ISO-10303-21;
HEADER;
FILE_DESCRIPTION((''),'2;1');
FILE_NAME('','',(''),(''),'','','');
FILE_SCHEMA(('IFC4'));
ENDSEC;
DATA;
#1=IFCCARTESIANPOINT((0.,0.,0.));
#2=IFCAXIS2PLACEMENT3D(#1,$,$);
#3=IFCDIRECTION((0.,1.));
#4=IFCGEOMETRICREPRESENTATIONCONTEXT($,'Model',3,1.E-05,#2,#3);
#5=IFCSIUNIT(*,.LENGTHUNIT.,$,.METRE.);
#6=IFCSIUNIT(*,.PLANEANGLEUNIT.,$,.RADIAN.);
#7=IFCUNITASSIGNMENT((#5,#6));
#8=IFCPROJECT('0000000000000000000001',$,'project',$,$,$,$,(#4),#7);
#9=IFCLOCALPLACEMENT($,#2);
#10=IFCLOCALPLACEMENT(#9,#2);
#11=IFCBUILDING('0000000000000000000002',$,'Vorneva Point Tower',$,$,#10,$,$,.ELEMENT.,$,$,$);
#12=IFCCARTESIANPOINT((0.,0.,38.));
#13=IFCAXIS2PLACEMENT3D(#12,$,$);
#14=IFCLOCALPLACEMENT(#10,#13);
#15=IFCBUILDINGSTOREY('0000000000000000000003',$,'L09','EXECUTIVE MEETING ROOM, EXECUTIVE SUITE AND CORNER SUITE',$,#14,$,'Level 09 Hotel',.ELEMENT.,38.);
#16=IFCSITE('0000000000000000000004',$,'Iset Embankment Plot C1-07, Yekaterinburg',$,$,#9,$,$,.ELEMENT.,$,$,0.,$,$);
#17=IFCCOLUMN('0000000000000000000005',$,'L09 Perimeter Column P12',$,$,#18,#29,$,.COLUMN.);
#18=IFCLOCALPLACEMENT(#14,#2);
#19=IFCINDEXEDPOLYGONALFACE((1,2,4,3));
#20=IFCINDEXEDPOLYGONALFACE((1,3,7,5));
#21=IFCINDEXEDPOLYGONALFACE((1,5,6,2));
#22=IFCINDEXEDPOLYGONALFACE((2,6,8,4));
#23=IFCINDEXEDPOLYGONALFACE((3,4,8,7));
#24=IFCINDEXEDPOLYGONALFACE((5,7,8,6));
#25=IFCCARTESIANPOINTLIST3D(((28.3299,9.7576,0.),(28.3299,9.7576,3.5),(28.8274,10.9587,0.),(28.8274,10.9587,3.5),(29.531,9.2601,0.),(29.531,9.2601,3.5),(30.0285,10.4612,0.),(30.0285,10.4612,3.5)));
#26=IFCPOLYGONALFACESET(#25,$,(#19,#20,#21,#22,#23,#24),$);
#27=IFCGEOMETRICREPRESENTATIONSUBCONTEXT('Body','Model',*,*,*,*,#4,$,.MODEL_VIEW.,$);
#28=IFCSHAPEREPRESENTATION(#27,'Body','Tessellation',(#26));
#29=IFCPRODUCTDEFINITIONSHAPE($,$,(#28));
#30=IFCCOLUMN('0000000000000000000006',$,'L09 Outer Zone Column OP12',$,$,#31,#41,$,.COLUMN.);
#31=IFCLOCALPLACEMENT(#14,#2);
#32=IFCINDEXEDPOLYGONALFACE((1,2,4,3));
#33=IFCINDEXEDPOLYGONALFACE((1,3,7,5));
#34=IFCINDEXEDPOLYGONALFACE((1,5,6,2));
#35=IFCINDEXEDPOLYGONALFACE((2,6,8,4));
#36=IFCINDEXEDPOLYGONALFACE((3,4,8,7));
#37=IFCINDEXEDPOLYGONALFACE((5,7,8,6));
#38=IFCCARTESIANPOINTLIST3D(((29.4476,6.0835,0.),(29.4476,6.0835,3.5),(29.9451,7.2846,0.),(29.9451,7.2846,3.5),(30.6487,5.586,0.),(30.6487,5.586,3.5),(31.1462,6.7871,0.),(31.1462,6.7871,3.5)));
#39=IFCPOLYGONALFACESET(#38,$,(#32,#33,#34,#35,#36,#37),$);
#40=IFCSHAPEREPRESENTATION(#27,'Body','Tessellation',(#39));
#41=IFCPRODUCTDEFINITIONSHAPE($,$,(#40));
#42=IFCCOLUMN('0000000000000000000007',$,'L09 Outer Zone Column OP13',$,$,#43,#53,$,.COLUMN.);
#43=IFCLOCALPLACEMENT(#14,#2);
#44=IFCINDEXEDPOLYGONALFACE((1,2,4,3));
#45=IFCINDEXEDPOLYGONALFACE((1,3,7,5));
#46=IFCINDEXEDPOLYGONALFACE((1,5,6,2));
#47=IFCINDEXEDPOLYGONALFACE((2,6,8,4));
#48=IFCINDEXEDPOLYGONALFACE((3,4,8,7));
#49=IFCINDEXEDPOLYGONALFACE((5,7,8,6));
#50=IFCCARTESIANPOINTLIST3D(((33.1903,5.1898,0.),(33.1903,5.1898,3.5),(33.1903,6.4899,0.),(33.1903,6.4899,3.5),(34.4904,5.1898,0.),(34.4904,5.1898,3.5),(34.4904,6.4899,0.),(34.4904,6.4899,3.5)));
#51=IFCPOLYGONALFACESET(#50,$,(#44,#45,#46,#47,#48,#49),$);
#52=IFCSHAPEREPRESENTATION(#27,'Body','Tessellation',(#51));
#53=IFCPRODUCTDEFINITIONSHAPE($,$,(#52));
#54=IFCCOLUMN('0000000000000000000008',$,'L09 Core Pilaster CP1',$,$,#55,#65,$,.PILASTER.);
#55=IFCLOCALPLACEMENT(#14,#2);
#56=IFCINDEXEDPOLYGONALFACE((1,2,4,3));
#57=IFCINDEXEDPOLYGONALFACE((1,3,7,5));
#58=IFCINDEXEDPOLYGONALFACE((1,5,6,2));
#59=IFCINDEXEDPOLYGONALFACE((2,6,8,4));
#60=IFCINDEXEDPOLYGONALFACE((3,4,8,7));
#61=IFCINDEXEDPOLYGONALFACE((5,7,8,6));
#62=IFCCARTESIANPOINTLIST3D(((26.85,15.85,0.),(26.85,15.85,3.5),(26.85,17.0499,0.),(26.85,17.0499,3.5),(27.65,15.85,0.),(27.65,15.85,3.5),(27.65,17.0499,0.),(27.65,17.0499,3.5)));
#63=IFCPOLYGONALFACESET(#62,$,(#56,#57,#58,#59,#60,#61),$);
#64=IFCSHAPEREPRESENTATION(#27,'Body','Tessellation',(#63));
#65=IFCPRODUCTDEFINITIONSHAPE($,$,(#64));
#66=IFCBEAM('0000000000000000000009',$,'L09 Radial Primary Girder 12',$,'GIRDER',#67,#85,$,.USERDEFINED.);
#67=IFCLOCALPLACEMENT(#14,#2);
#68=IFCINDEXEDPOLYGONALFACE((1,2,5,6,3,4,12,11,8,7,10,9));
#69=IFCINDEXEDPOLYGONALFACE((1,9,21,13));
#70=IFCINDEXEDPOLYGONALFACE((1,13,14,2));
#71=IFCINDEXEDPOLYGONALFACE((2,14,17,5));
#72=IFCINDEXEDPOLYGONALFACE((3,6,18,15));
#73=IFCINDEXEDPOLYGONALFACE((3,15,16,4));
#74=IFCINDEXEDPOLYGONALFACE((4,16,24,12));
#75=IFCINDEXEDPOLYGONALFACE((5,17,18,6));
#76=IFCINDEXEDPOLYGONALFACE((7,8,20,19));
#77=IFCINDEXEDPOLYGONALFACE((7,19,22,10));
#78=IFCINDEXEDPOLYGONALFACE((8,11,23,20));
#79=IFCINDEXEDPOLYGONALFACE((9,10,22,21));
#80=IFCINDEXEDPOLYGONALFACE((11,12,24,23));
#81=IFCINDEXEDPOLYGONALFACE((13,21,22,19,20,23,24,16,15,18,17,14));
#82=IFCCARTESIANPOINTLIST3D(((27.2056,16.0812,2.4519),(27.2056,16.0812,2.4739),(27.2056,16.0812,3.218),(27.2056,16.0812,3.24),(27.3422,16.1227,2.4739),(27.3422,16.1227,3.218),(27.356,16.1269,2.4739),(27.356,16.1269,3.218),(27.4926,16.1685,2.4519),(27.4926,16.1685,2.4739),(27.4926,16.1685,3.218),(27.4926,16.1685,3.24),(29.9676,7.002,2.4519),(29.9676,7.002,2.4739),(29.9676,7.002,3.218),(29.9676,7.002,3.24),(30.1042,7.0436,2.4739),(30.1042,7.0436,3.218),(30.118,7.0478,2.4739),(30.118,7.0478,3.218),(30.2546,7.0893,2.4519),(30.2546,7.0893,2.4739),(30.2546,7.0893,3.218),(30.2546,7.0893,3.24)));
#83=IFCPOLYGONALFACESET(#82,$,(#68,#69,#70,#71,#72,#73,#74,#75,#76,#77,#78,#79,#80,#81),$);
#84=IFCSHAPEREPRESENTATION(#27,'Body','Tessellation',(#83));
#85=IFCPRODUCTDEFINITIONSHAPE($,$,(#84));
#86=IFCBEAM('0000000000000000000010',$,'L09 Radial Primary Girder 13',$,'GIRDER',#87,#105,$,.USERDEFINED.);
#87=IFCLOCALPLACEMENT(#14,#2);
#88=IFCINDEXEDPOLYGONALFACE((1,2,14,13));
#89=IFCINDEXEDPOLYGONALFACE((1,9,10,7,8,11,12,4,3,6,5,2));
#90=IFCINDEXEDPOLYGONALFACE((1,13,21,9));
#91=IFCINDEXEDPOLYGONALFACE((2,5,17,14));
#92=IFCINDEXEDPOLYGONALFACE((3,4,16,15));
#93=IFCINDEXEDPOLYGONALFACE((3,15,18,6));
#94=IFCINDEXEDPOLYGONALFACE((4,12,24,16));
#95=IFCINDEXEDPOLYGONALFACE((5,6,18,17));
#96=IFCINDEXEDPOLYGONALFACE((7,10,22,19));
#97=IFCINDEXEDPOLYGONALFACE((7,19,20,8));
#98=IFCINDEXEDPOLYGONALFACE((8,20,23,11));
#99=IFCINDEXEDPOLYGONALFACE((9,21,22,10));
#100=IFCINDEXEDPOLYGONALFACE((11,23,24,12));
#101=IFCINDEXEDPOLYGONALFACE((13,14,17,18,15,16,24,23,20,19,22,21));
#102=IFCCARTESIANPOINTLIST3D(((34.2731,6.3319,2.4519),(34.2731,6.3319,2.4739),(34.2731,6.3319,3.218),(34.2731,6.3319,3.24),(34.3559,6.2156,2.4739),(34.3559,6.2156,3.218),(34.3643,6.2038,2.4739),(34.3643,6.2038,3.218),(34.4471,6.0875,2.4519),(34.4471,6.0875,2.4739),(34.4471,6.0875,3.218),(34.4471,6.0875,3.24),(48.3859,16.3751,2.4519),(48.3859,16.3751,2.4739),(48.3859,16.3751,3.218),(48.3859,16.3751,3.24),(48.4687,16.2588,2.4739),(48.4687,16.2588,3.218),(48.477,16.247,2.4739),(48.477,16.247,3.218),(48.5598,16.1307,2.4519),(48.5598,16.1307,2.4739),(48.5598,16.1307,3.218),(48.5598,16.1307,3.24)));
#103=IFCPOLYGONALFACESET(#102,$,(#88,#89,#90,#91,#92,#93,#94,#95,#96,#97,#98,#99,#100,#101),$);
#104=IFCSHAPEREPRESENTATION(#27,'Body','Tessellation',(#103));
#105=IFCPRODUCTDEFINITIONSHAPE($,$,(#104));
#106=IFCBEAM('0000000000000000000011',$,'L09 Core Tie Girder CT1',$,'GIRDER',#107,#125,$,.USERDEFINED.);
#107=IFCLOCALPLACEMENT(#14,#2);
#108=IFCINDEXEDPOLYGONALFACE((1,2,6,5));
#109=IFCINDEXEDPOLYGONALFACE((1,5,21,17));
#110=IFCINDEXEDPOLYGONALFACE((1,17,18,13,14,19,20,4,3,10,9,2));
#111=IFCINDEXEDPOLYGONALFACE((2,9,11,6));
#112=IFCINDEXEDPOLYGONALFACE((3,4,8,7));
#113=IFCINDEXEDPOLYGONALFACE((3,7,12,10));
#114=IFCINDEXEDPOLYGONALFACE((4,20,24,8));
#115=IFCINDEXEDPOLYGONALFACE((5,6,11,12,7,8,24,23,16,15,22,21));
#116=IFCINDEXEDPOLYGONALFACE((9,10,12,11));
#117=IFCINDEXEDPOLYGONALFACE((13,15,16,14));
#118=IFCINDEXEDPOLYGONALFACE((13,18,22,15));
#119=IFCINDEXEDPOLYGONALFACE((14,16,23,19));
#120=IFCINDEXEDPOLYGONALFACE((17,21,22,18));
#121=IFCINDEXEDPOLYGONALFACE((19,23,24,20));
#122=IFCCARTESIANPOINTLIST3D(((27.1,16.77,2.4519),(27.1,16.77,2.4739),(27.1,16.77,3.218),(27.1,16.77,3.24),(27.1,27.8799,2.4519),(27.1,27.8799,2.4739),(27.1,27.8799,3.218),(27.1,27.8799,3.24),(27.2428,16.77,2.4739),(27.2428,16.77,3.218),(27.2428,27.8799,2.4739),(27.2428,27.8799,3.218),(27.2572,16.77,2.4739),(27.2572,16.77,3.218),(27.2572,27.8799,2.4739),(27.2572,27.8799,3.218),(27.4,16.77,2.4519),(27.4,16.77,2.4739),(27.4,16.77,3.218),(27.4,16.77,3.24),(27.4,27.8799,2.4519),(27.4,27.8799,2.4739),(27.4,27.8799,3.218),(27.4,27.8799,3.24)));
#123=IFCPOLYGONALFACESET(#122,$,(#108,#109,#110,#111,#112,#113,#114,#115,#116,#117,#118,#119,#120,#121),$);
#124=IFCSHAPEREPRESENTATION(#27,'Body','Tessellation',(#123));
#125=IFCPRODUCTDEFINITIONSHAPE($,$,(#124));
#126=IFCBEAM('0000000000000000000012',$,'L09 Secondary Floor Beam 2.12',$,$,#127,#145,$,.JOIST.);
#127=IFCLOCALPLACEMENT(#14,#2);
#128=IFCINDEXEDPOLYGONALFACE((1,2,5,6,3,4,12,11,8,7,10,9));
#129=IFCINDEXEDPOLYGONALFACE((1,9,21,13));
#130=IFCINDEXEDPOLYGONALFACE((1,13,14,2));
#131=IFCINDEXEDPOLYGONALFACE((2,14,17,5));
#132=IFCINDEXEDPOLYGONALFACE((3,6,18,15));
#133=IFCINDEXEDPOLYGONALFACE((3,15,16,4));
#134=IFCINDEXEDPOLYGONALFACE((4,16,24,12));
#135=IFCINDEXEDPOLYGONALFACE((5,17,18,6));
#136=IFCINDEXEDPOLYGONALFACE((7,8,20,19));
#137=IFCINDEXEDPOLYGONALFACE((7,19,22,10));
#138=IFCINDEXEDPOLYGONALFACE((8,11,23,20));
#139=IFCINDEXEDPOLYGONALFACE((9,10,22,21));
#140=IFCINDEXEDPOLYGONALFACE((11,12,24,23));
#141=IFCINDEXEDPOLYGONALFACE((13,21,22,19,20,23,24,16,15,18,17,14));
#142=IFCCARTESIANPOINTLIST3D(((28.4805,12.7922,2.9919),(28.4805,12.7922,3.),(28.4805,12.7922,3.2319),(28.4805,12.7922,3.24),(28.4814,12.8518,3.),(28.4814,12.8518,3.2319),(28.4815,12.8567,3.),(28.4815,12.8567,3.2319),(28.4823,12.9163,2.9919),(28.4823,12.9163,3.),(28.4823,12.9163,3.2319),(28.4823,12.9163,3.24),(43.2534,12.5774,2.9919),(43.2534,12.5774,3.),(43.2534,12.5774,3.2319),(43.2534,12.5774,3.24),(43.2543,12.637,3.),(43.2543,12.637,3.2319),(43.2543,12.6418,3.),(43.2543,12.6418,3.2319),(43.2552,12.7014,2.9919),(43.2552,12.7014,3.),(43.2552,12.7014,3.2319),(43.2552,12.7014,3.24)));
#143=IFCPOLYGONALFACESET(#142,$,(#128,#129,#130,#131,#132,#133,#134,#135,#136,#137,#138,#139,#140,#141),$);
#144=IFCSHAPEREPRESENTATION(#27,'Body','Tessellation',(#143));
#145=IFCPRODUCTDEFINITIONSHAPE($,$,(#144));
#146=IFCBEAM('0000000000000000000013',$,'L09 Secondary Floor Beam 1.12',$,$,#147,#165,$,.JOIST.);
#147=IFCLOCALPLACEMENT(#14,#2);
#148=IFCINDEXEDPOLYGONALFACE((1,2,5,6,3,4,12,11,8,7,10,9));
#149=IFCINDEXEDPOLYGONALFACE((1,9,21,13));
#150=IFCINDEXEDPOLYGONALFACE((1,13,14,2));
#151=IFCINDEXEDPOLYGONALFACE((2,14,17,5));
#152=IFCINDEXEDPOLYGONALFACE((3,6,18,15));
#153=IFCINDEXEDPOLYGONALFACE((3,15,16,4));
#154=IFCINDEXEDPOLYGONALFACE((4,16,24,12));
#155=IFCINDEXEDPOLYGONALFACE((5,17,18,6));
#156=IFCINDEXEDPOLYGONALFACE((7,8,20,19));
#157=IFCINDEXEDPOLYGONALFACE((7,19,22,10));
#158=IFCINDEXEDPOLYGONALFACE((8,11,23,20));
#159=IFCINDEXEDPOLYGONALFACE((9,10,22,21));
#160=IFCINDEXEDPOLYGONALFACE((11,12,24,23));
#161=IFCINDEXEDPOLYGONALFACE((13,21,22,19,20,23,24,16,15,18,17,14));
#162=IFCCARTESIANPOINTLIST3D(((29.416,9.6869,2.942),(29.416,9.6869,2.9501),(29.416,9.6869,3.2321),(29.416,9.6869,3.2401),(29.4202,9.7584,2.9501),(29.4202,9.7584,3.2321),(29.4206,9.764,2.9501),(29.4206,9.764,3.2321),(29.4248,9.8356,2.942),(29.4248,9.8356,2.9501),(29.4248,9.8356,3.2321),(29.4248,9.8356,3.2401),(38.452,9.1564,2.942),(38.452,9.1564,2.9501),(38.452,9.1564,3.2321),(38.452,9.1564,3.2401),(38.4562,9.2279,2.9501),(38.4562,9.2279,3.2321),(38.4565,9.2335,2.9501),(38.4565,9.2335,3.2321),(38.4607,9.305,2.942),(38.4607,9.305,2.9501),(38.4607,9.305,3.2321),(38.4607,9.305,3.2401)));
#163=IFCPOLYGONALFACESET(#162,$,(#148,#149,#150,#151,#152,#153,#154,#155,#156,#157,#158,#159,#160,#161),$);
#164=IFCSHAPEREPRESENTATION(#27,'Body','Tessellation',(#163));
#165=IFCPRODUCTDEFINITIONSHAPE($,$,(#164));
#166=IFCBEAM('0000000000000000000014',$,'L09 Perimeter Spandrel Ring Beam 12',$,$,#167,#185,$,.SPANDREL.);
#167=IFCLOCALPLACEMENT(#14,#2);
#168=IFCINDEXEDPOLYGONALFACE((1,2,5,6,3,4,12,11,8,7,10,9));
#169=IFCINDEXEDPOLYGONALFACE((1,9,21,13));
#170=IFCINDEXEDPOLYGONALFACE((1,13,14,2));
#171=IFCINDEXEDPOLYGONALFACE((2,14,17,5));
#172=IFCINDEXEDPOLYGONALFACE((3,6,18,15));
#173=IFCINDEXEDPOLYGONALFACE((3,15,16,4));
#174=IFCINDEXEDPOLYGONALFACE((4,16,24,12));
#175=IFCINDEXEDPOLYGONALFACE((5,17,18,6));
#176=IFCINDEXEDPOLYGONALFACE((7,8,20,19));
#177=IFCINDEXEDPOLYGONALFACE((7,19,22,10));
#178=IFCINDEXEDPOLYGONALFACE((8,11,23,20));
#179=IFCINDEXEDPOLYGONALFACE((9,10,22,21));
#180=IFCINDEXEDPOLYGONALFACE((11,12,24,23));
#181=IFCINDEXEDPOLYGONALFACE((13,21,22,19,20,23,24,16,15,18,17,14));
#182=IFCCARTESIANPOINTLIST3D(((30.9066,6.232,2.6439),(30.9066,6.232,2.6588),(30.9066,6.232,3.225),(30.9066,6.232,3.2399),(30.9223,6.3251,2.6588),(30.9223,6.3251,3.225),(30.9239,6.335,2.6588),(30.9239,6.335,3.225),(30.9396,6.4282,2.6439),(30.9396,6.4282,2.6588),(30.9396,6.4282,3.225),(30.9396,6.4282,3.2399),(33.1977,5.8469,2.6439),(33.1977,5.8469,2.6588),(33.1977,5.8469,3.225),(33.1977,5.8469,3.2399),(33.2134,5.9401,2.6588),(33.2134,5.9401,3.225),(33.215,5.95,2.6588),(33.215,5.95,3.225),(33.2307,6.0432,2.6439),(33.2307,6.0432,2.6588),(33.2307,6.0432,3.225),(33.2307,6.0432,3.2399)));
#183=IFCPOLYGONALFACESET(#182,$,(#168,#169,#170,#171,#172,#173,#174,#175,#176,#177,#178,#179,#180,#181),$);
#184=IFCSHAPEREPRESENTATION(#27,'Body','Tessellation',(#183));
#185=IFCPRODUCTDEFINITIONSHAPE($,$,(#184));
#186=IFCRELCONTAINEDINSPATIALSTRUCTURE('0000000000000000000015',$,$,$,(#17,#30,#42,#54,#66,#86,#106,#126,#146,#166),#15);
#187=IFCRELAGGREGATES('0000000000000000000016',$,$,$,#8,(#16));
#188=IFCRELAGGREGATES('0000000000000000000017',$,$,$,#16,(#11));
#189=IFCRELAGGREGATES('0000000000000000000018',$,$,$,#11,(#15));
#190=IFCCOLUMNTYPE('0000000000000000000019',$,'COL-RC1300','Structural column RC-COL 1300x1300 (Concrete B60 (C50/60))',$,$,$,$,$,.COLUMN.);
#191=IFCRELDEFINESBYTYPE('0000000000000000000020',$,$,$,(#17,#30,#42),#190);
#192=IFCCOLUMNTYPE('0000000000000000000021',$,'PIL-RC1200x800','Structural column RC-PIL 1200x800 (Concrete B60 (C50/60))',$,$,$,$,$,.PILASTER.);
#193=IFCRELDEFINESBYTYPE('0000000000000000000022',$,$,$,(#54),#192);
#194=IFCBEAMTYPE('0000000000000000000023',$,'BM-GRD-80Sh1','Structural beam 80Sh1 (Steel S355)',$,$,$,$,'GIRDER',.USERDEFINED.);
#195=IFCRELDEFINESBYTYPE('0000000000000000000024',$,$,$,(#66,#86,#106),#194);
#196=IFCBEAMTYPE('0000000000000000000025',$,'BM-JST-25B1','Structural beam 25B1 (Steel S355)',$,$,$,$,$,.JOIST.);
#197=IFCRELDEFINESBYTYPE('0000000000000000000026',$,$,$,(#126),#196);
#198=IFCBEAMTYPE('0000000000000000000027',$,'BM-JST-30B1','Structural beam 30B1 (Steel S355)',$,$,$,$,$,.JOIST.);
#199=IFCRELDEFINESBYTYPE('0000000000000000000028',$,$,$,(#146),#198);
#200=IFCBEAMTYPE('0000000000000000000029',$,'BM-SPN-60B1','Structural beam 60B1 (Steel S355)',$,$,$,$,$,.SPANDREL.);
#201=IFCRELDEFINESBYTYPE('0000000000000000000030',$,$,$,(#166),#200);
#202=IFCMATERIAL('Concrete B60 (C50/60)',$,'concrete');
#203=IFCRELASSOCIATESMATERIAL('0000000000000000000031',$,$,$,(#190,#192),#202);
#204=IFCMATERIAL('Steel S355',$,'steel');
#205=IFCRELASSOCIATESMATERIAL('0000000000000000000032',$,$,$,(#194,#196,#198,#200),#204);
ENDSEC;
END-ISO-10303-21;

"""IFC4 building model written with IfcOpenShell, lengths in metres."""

from ifc_helpers import new_model, si_unit, direction, frame, origin, origin_2d, place, context, subcontext, project, spatial, rectangle, i_section, extrude, material, material_profile, profile_set, type_object, element, save


model = new_model("IFC4")

# Units and contexts
model_context = context("Model", 3, precision=1e-05, world=origin(), true_north=direction((0.0, 1.0)))
body_context = subcontext(model_context, "Body", "Model", "MODEL_VIEW")
ifc_project = project(units=[si_unit("LENGTHUNIT", "METRE"), si_unit("PLANEANGLEUNIT", "RADIAN")], contexts=[model_context])

# Site, building, storey
site_placement = place(None, origin())
site = spatial("IfcSite", under=ifc_project, at=site_placement, Name="Iset Embankment Plot C1-07, Yekaterinburg", CompositionType="ELEMENT", RefElevation=0.0)
building_placement = place(site_placement, origin())
building = spatial("IfcBuilding", under=site, at=building_placement, Name="Vorneva Point Tower", CompositionType="ELEMENT")
storey_placement = place(building_placement, frame((0.0, 0.0, 38.0)))
storey = spatial("IfcBuildingStorey", under=building, at=storey_placement, Name="L09", Description="EXECUTIVE MEETING ROOM, EXECUTIVE SUITE AND CORNER SUITE", LongName="Level 09 Hotel", CompositionType="ELEMENT", Elevation=38.0)

# Columns
ifc_material_1 = material(Name="Concrete B60 (C50/60)", Category="concrete")
ifc_material_profile_1 = material_profile(ifc_material_1, rectangle(XDim=1.3, YDim=1.3, at=origin_2d()), Name="RC-COL 1300x1300")
ifc_profile_set_1 = profile_set([ifc_material_profile_1], Name="Concrete B60 (C50/60)")
column_type_1 = type_object("IfcColumnType", Name="COL-RC1300", Description="Structural column RC-COL 1300x1300 (Concrete B60 (C50/60))", PredefinedType="COLUMN", material=ifc_profile_set_1)
for number, where, z_axis, x_axis, name in (
    (1, (29.1792, 10.1094, 0.0), (0.0, 0.0, 1.0), (-0.382683, -0.92388, 0.0), "L09 Perimeter Column P12"),
    (2, (30.2969, 6.4353, 0.0), (0.0, 0.0, 1.0), (-0.382683, -0.92388, 0.0), "L09 Outer Zone Column OP12"),
    (3, (33.8403, 5.8398, 0.0), (0.0, 0.0, 1.0), (0.0, -1.0, 0.0), "L09 Outer Zone Column OP13"),
):
    element("IfcColumn", number, at=place(storey_placement, frame(where, z_axis=z_axis, x_axis=x_axis)), inside=storey, type_object=column_type_1, Name=name, PredefinedType="COLUMN", context=body_context, shape_type="SweptSolid", body=[
        extrude(rectangle(XDim=1.3, YDim=1.3, at=origin_2d()), origin(), (0.0, 0.0, 1.0), 3.5),
    ])
ifc_material_profile_2 = material_profile(ifc_material_1, rectangle(XDim=0.8, YDim=1.2, at=origin_2d()), Name="RC-PIL 1200x800")
ifc_profile_set_2 = profile_set([ifc_material_profile_2], Name="Concrete B60 (C50/60)")
column_type_2 = type_object("IfcColumnType", Name="PIL-RC1200x800", Description="Structural column RC-PIL 1200x800 (Concrete B60 (C50/60))", PredefinedType="PILASTER", material=ifc_profile_set_2)
column_placement = place(storey_placement, frame((27.25, 16.45, 0.0), z_axis=(0.0, 0.0, 1.0), x_axis=(1.0, 0.0, 0.0)))
element("IfcColumn", 4, at=column_placement, inside=storey, type_object=column_type_2, Name="L09 Core Pilaster CP1", PredefinedType="PILASTER", context=body_context, shape_type="SweptSolid", body=[
    extrude(rectangle(XDim=0.8, YDim=1.2, at=origin_2d()), origin(), (0.0, 0.0, 1.0), 3.5),
])

# Beams
ifc_material_2 = material(Name="Steel S355", Category="steel")
ifc_material_profile_3 = material_profile(ifc_material_2, i_section(OverallWidth=0.3, OverallDepth=0.7881, WebThickness=0.0144, FlangeThickness=0.022, at=origin_2d()), Name="80Sh1")
ifc_profile_set_3 = profile_set([ifc_material_profile_3], Name="Steel S355")
beam_type_1 = type_object("IfcBeamType", Name="BM-GRD-80Sh1", Description="Structural beam 80Sh1 (Steel S355)", ElementType="GIRDER", PredefinedType="USERDEFINED", material=ifc_profile_set_3)
beam_1_placement = place(storey_placement, frame((30.1111, 7.0457, 2.8459), z_axis=(-0.291042, 0.95671, 0.0), x_axis=(-0.95671, -0.291042, 0.0)))
element("IfcBeam", 5, at=beam_1_placement, inside=storey, type_object=beam_type_1, Name="L09 Radial Primary Girder 12", ObjectType="GIRDER", PredefinedType="USERDEFINED", context=body_context, shape_type="SweptSolid", body=[
    extrude(i_section(OverallWidth=0.3, OverallDepth=0.7881, WebThickness=0.0144, FlangeThickness=0.022, at=origin_2d()), origin(), (0.0, 0.0, 1.0), 9.49),
])
beam_2_placement = place(storey_placement, frame((34.3601, 6.2097, 2.8459), z_axis=(0.814752, 0.579809, 0.0), x_axis=(-0.579809, 0.814752, 0.0)))
element("IfcBeam", 6, at=beam_2_placement, inside=storey, type_object=beam_type_1, Name="L09 Radial Primary Girder 13", ObjectType="GIRDER", PredefinedType="USERDEFINED", context=body_context, shape_type="SweptSolid", body=[
    extrude(i_section(OverallWidth=0.3, OverallDepth=0.7881, WebThickness=0.0144, FlangeThickness=0.022, at=origin_2d()), origin(), (0.0, 0.0, 1.0), 17.3215),
])
beam_3_placement = place(storey_placement, frame((27.25, 16.77, 2.8459), z_axis=(0.0, 1.0, 0.0), x_axis=(-1.0, 0.0, 0.0)))
element("IfcBeam", 7, at=beam_3_placement, inside=storey, type_object=beam_type_1, Name="L09 Core Tie Girder CT1", ObjectType="GIRDER", PredefinedType="USERDEFINED", context=body_context, shape_type="SweptSolid", body=[
    extrude(i_section(OverallWidth=0.3, OverallDepth=0.7881, WebThickness=0.0144, FlangeThickness=0.022, at=origin_2d()), origin(), (0.0, 0.0, 1.0), 11.1099),
])
ifc_material_profile_4 = material_profile(ifc_material_2, i_section(OverallWidth=0.124, OverallDepth=0.248, WebThickness=0.0049, FlangeThickness=0.0081, at=origin_2d()), Name="25B1")
ifc_profile_set_4 = profile_set([ifc_material_profile_4], Name="Steel S355")
beam_type_2 = type_object("IfcBeamType", Name="BM-JST-25B1", Description="Structural beam 25B1 (Steel S355)", PredefinedType="JOIST", material=ifc_profile_set_4)
beam_4_placement = place(storey_placement, frame((28.4814, 12.8542, 3.116), z_axis=(0.999894, -0.014542, 0.0), x_axis=(0.014542, 0.999894, 0.0)))
element("IfcBeam", 8, at=beam_4_placement, inside=storey, type_object=beam_type_2, Name="L09 Secondary Floor Beam 2.12", PredefinedType="JOIST", context=body_context, shape_type="SweptSolid", body=[
    extrude(i_section(OverallWidth=0.124, OverallDepth=0.248, WebThickness=0.0049, FlangeThickness=0.0081, at=origin_2d()), origin(), (0.0, 0.0, 1.0), 14.7744),
])
ifc_material_profile_5 = material_profile(ifc_material_2, i_section(OverallWidth=0.1489, OverallDepth=0.2981, WebThickness=0.0056, FlangeThickness=0.0081, at=origin_2d()), Name="30B1")
ifc_profile_set_5 = profile_set([ifc_material_profile_5], Name="Steel S355")
beam_type_3 = type_object("IfcBeamType", Name="BM-JST-30B1", Description="Structural beam 30B1 (Steel S355)", PredefinedType="JOIST", material=ifc_profile_set_5)
beam_5_placement = place(storey_placement, frame((29.4204, 9.7612, 3.0911), z_axis=(0.998281, -0.058611, 0.0), x_axis=(0.058611, 0.998281, 0.0)))
element("IfcBeam", 9, at=beam_5_placement, inside=storey, type_object=beam_type_3, Name="L09 Secondary Floor Beam 1.12", PredefinedType="JOIST", context=body_context, shape_type="SweptSolid", body=[
    extrude(i_section(OverallWidth=0.1489, OverallDepth=0.2981, WebThickness=0.0056, FlangeThickness=0.0081, at=origin_2d()), origin(), (0.0, 0.0, 1.0), 9.0515),
])
ifc_material_profile_6 = material_profile(ifc_material_2, i_section(OverallWidth=0.199, OverallDepth=0.5959, WebThickness=0.01, FlangeThickness=0.0149, at=origin_2d()), Name="60B1")
ifc_profile_set_6 = profile_set([ifc_material_profile_6], Name="Steel S355")
beam_type_4 = type_object("IfcBeamType", Name="BM-SPN-60B1", Description="Structural beam 60B1 (Steel S355)", PredefinedType="SPANDREL", material=ifc_profile_set_6)
beam_6_placement = place(storey_placement, frame((30.9231, 6.3301, 2.9419), z_axis=(0.986171, -0.165728, 0.0), x_axis=(0.165728, 0.986171, 0.0)))
element("IfcBeam", 10, at=beam_6_placement, inside=storey, type_object=beam_type_4, Name="L09 Perimeter Spandrel Ring Beam 12", PredefinedType="SPANDREL", context=body_context, shape_type="SweptSolid", body=[
    extrude(i_section(OverallWidth=0.199, OverallDepth=0.5959, WebThickness=0.01, FlangeThickness=0.0149, at=origin_2d()), origin(), (0.0, 0.0, 1.0), 2.3232),
])

save(model, "model.ifc")
